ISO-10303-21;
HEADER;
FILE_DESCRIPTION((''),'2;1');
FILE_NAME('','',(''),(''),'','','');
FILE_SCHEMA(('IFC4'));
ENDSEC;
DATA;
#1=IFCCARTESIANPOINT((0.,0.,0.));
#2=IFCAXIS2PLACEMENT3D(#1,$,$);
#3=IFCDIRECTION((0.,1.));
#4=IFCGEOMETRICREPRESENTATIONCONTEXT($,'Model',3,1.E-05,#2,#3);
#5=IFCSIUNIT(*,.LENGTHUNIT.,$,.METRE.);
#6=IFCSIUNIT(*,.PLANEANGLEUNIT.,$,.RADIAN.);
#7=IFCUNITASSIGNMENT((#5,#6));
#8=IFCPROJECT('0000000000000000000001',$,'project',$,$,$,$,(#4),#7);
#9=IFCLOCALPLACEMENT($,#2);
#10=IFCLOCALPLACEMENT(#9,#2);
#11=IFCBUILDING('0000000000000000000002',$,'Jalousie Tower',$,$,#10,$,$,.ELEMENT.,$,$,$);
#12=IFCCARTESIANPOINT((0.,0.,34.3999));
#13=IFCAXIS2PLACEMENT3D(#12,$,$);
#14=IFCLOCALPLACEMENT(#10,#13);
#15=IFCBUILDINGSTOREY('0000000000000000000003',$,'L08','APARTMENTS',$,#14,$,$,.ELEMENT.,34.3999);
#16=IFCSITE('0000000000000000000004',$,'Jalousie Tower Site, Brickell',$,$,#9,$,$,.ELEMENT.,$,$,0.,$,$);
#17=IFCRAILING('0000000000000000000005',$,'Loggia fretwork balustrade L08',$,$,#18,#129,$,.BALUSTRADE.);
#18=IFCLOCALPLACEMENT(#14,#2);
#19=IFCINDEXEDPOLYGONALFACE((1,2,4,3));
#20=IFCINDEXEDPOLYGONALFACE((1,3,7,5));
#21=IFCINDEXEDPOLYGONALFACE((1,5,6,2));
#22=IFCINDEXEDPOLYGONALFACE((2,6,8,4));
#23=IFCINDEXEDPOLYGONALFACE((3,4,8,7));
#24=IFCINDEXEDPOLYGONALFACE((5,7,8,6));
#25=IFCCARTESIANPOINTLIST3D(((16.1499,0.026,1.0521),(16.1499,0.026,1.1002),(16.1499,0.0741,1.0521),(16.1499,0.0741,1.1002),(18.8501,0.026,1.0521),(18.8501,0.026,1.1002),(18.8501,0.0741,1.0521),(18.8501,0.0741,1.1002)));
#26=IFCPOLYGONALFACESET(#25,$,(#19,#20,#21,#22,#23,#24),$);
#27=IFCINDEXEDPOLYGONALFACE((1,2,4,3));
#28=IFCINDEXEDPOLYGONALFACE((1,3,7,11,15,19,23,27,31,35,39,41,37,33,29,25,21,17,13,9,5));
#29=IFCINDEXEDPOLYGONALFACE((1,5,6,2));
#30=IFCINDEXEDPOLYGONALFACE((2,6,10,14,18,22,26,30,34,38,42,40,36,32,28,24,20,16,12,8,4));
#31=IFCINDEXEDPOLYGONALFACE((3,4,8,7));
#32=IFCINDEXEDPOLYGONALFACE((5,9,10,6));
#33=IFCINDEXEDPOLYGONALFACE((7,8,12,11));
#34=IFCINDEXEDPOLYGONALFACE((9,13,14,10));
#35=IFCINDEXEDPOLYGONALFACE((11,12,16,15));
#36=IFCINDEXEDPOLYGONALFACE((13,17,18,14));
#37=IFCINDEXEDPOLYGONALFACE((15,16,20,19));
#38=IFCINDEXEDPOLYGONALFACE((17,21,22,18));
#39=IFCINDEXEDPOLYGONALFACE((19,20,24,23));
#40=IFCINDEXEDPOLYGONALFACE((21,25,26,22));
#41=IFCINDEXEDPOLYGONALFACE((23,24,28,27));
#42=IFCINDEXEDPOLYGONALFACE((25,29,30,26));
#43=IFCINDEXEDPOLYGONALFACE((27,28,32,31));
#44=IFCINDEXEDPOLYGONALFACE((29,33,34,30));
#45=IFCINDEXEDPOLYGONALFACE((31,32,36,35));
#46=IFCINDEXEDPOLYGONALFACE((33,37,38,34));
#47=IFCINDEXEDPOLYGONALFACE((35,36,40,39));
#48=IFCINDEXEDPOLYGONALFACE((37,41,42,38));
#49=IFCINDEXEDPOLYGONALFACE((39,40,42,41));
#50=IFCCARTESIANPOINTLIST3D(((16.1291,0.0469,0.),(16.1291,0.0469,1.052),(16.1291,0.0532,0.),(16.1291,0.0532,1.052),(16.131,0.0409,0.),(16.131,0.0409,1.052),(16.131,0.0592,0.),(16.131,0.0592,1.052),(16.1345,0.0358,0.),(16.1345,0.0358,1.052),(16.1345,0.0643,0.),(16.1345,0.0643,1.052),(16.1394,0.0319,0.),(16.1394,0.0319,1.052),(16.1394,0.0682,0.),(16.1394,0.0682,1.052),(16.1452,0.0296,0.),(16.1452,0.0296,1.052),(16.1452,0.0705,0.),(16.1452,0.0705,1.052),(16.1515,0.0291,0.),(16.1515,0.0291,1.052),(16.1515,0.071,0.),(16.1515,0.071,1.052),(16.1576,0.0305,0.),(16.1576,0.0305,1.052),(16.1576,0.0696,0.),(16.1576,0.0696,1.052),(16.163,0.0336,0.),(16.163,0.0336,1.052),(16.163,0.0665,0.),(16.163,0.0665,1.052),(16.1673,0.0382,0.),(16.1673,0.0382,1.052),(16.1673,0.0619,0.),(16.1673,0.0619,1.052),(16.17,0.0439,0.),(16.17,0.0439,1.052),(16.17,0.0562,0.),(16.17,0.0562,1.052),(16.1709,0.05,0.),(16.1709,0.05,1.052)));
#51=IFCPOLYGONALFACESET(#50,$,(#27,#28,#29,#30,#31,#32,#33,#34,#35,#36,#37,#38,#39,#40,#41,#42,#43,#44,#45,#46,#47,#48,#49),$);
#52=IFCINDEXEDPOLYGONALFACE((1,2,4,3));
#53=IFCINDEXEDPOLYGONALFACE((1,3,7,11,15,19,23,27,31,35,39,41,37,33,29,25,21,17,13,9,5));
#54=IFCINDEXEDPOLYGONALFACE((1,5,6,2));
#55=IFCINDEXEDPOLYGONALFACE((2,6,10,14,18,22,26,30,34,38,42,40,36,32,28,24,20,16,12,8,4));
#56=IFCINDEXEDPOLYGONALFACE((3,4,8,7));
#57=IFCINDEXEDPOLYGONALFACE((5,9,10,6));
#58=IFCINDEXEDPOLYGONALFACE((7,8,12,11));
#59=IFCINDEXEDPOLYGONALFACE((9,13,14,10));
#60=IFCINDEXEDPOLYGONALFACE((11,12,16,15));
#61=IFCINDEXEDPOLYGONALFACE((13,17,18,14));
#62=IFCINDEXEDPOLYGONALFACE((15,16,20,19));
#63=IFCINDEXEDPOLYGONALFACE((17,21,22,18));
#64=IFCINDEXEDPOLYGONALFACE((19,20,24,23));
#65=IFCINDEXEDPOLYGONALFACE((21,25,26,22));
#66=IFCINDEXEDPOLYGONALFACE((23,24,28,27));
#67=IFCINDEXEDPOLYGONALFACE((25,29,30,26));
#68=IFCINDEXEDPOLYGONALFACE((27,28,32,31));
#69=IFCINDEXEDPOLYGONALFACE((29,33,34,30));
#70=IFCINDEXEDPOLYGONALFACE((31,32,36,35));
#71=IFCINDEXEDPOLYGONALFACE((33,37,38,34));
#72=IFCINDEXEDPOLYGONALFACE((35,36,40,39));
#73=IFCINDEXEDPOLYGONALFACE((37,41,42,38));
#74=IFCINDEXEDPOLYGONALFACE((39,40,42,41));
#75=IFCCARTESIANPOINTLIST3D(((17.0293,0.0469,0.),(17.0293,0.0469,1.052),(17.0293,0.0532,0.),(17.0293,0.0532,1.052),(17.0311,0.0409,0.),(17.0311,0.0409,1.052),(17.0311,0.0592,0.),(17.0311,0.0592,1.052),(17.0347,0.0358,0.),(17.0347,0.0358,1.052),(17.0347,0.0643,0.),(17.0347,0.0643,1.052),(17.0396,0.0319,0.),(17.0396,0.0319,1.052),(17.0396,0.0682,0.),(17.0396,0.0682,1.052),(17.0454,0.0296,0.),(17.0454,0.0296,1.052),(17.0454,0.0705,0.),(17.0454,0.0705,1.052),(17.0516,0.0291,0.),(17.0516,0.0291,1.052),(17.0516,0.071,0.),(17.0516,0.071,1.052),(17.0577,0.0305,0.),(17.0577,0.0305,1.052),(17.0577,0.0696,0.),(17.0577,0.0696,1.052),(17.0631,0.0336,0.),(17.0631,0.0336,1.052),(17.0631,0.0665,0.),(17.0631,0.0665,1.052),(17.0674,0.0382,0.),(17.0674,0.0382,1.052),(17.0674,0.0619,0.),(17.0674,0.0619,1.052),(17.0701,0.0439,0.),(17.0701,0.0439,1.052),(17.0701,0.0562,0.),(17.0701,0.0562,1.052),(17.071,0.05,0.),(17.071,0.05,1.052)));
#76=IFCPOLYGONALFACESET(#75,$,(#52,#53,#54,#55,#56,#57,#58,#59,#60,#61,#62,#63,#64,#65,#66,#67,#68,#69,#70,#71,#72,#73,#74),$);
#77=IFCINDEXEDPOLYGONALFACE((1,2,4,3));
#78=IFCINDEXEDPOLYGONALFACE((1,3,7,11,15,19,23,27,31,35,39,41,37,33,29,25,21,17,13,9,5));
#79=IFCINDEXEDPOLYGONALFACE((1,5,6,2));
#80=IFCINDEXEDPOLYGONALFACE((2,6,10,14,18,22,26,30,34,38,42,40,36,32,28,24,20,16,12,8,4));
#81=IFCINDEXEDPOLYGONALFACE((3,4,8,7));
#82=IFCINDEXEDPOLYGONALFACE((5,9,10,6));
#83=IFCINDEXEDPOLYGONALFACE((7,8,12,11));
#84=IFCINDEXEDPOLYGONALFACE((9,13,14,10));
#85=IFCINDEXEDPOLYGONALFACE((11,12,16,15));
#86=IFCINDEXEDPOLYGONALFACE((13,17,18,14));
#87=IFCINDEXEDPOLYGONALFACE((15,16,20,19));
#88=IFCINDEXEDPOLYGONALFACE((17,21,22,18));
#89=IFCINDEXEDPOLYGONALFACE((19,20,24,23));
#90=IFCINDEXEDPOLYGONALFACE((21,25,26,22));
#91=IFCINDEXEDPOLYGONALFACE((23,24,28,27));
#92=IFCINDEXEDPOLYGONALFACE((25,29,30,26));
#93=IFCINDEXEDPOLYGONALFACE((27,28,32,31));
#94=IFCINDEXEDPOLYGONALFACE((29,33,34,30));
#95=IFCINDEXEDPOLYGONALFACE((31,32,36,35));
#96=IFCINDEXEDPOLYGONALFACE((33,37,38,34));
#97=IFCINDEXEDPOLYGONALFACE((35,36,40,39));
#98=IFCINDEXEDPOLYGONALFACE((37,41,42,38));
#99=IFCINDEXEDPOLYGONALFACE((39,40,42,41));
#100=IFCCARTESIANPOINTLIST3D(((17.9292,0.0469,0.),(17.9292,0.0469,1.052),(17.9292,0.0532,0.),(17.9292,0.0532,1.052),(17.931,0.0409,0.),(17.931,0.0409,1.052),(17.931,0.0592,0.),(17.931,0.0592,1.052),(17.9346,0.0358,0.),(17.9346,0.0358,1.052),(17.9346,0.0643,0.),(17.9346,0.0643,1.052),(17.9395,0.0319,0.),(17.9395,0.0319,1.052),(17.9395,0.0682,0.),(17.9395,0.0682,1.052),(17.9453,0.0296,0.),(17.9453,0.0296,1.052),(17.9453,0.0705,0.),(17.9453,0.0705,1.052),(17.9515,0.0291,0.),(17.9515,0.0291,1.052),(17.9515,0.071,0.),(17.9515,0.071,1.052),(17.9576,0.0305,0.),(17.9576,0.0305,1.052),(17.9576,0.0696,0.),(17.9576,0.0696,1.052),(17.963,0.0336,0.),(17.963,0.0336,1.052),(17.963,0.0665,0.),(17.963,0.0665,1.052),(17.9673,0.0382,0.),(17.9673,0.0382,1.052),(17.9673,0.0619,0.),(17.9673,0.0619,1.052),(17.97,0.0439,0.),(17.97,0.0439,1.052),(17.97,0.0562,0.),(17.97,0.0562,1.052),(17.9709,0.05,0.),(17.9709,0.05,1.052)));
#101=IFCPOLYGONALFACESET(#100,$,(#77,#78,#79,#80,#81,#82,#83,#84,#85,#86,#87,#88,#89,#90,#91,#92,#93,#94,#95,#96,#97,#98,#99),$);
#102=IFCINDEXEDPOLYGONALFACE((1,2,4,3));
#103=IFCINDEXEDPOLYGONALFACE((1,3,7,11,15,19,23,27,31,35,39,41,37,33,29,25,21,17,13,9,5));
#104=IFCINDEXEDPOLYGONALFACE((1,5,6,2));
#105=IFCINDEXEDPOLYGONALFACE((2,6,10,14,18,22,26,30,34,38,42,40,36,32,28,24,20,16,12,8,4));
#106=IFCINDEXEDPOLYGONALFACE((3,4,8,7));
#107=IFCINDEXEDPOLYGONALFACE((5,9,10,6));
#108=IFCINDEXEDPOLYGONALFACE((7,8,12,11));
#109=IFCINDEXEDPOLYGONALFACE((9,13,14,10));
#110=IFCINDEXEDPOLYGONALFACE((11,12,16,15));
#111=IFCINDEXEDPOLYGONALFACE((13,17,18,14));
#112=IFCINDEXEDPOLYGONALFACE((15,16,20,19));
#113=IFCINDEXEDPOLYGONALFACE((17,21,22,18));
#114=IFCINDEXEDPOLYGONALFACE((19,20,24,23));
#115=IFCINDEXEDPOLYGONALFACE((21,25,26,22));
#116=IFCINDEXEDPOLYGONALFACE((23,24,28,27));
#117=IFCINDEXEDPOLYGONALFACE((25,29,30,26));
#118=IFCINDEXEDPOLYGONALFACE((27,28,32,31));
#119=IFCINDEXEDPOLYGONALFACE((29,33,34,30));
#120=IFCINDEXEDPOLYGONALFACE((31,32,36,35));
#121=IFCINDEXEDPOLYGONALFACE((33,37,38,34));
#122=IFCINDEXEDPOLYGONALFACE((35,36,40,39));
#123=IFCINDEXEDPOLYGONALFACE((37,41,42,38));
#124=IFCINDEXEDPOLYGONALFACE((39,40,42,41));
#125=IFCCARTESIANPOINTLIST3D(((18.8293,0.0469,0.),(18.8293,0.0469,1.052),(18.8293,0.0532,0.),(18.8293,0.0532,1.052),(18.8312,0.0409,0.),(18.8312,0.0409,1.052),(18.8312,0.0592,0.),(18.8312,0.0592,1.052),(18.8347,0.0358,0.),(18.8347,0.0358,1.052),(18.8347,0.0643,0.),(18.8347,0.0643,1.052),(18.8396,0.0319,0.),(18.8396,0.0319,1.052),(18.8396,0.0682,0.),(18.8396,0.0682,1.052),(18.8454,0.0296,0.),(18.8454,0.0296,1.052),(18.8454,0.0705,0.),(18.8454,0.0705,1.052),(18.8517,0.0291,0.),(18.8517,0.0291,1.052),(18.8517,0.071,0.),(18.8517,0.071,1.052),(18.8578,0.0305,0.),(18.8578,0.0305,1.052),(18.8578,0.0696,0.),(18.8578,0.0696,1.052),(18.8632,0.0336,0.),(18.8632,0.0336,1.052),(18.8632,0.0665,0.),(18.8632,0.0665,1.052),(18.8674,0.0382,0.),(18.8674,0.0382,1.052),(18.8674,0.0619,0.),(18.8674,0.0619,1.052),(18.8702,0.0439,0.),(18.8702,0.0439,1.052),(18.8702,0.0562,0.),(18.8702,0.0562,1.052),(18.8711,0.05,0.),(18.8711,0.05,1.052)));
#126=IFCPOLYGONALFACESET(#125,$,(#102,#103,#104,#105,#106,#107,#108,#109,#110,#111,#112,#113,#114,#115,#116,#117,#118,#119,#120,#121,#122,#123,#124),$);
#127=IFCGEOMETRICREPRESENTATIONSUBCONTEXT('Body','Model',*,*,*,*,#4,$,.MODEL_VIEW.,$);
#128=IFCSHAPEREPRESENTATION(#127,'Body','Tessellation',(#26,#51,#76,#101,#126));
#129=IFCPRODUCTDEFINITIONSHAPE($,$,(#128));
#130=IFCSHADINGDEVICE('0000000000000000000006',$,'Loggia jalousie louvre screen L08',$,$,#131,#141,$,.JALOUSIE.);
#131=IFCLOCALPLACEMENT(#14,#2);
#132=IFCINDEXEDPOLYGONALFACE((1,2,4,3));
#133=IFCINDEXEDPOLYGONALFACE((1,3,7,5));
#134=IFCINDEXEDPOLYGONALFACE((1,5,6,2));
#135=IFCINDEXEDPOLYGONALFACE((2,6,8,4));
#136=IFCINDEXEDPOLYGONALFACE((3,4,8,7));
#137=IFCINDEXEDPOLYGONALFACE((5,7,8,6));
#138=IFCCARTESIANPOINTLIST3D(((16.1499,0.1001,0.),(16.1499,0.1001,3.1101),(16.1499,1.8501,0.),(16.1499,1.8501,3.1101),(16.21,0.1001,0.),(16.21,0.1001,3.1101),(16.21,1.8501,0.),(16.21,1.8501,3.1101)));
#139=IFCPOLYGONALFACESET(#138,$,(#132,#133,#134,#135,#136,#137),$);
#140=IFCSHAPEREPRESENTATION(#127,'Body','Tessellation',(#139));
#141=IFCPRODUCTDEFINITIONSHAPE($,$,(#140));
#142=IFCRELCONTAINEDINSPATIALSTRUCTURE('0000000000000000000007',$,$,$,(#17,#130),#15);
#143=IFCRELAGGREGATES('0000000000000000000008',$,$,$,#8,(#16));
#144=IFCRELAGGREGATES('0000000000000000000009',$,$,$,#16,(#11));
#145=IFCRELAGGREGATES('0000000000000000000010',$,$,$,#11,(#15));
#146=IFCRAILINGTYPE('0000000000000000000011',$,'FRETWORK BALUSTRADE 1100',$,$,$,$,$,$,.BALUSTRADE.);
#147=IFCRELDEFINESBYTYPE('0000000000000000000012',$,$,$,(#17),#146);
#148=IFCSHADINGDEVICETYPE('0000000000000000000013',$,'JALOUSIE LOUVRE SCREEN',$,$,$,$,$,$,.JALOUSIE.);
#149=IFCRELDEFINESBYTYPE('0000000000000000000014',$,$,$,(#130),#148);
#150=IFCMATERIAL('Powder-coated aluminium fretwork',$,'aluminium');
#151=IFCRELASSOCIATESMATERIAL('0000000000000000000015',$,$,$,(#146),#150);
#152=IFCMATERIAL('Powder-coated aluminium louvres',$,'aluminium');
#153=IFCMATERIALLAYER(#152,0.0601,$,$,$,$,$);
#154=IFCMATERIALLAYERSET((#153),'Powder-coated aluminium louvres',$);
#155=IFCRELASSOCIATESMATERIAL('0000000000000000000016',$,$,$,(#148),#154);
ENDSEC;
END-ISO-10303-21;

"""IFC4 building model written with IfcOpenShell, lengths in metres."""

from ifc_helpers import new_model, si_unit, direction, frame, origin, origin_2d, place, context, subcontext, project, spatial, rectangle, circle, extrude, material, layer, layer_set, type_object, element, save


model = new_model("IFC4")

# Units and contexts
model_context = context("Model", 3, precision=1e-05, world=origin(), true_north=direction((0.0, 1.0)))
body_context = subcontext(model_context, "Body", "Model", "MODEL_VIEW")
ifc_project = project(units=[si_unit("LENGTHUNIT", "METRE"), si_unit("PLANEANGLEUNIT", "RADIAN")], contexts=[model_context])

# Site, building, storey
site_placement = place(None, origin())
site = spatial("IfcSite", under=ifc_project, at=site_placement, Name="Jalousie Tower Site, Brickell", CompositionType="ELEMENT", RefElevation=0.0)
building_placement = place(site_placement, origin())
building = spatial("IfcBuilding", under=site, at=building_placement, Name="Jalousie Tower", CompositionType="ELEMENT")
storey_placement = place(building_placement, frame((0.0, 0.0, 34.3999)))
storey = spatial("IfcBuildingStorey", under=building, at=storey_placement, Name="L08", Description="APARTMENTS", CompositionType="ELEMENT", Elevation=34.3999)

# Railing
ifc_material_1 = material(Name="Powder-coated aluminium fretwork", Category="aluminium")
railing_type = type_object("IfcRailingType", Name="FRETWORK BALUSTRADE 1100", PredefinedType="BALUSTRADE", material=ifc_material_1)
railing_placement = place(storey_placement, frame((16.1499, 0.05, 0.0)))
element("IfcRailing", 1, at=railing_placement, inside=storey, type_object=railing_type, Name="Loggia fretwork balustrade L08", PredefinedType="BALUSTRADE", context=body_context, shape_type="SweptSolid", body=[
    extrude(rectangle(XDim=0.0481, YDim=0.0481, at=origin_2d()), frame((0.0, 0.0, 1.0762), z_axis=(1.0, 0.0, 0.0), x_axis=(0.0, 1.0, 0.0)), (0.0, 0.0, 1.0), 2.7002),
    extrude(circle(Radius=0.021, at=origin_2d()), origin(), (0.0, 0.0, 1.0), 1.052),
    extrude(circle(Radius=0.021, at=origin_2d()), frame((0.9001, 0.0, 0.0)), (0.0, 0.0, 1.0), 1.052),
    extrude(circle(Radius=0.021, at=origin_2d()), frame((1.8, 0.0, 0.0)), (0.0, 0.0, 1.0), 1.052),
    extrude(circle(Radius=0.021, at=origin_2d()), frame((2.7002, 0.0, 0.0)), (0.0, 0.0, 1.0), 1.052),
])

# Shading device
ifc_material_2 = material(Name="Powder-coated aluminium louvres", Category="aluminium")
ifc_layer_1 = layer(ifc_material_2, 0.0601)
ifc_layer_set_1 = layer_set([ifc_layer_1], Name="Powder-coated aluminium louvres")
shading_device_type = type_object("IfcShadingDeviceType", Name="JALOUSIE LOUVRE SCREEN", PredefinedType="JALOUSIE", material=ifc_layer_set_1)
shading_device_placement = place(storey_placement, frame((16.1799, 0.9751, 0.0), z_axis=(0.0, 0.0, 1.0), x_axis=(1.0, 0.0, 0.0)))
element("IfcShadingDevice", 2, at=shading_device_placement, inside=storey, type_object=shading_device_type, Name="Loggia jalousie louvre screen L08", PredefinedType="JALOUSIE", context=body_context, shape_type="SweptSolid", body=[
    extrude(rectangle(XDim=0.0601, YDim=1.75, at=origin_2d()), origin(), (0.0, 0.0, 1.0), 3.1101),
])

save(model, "model.ifc")
